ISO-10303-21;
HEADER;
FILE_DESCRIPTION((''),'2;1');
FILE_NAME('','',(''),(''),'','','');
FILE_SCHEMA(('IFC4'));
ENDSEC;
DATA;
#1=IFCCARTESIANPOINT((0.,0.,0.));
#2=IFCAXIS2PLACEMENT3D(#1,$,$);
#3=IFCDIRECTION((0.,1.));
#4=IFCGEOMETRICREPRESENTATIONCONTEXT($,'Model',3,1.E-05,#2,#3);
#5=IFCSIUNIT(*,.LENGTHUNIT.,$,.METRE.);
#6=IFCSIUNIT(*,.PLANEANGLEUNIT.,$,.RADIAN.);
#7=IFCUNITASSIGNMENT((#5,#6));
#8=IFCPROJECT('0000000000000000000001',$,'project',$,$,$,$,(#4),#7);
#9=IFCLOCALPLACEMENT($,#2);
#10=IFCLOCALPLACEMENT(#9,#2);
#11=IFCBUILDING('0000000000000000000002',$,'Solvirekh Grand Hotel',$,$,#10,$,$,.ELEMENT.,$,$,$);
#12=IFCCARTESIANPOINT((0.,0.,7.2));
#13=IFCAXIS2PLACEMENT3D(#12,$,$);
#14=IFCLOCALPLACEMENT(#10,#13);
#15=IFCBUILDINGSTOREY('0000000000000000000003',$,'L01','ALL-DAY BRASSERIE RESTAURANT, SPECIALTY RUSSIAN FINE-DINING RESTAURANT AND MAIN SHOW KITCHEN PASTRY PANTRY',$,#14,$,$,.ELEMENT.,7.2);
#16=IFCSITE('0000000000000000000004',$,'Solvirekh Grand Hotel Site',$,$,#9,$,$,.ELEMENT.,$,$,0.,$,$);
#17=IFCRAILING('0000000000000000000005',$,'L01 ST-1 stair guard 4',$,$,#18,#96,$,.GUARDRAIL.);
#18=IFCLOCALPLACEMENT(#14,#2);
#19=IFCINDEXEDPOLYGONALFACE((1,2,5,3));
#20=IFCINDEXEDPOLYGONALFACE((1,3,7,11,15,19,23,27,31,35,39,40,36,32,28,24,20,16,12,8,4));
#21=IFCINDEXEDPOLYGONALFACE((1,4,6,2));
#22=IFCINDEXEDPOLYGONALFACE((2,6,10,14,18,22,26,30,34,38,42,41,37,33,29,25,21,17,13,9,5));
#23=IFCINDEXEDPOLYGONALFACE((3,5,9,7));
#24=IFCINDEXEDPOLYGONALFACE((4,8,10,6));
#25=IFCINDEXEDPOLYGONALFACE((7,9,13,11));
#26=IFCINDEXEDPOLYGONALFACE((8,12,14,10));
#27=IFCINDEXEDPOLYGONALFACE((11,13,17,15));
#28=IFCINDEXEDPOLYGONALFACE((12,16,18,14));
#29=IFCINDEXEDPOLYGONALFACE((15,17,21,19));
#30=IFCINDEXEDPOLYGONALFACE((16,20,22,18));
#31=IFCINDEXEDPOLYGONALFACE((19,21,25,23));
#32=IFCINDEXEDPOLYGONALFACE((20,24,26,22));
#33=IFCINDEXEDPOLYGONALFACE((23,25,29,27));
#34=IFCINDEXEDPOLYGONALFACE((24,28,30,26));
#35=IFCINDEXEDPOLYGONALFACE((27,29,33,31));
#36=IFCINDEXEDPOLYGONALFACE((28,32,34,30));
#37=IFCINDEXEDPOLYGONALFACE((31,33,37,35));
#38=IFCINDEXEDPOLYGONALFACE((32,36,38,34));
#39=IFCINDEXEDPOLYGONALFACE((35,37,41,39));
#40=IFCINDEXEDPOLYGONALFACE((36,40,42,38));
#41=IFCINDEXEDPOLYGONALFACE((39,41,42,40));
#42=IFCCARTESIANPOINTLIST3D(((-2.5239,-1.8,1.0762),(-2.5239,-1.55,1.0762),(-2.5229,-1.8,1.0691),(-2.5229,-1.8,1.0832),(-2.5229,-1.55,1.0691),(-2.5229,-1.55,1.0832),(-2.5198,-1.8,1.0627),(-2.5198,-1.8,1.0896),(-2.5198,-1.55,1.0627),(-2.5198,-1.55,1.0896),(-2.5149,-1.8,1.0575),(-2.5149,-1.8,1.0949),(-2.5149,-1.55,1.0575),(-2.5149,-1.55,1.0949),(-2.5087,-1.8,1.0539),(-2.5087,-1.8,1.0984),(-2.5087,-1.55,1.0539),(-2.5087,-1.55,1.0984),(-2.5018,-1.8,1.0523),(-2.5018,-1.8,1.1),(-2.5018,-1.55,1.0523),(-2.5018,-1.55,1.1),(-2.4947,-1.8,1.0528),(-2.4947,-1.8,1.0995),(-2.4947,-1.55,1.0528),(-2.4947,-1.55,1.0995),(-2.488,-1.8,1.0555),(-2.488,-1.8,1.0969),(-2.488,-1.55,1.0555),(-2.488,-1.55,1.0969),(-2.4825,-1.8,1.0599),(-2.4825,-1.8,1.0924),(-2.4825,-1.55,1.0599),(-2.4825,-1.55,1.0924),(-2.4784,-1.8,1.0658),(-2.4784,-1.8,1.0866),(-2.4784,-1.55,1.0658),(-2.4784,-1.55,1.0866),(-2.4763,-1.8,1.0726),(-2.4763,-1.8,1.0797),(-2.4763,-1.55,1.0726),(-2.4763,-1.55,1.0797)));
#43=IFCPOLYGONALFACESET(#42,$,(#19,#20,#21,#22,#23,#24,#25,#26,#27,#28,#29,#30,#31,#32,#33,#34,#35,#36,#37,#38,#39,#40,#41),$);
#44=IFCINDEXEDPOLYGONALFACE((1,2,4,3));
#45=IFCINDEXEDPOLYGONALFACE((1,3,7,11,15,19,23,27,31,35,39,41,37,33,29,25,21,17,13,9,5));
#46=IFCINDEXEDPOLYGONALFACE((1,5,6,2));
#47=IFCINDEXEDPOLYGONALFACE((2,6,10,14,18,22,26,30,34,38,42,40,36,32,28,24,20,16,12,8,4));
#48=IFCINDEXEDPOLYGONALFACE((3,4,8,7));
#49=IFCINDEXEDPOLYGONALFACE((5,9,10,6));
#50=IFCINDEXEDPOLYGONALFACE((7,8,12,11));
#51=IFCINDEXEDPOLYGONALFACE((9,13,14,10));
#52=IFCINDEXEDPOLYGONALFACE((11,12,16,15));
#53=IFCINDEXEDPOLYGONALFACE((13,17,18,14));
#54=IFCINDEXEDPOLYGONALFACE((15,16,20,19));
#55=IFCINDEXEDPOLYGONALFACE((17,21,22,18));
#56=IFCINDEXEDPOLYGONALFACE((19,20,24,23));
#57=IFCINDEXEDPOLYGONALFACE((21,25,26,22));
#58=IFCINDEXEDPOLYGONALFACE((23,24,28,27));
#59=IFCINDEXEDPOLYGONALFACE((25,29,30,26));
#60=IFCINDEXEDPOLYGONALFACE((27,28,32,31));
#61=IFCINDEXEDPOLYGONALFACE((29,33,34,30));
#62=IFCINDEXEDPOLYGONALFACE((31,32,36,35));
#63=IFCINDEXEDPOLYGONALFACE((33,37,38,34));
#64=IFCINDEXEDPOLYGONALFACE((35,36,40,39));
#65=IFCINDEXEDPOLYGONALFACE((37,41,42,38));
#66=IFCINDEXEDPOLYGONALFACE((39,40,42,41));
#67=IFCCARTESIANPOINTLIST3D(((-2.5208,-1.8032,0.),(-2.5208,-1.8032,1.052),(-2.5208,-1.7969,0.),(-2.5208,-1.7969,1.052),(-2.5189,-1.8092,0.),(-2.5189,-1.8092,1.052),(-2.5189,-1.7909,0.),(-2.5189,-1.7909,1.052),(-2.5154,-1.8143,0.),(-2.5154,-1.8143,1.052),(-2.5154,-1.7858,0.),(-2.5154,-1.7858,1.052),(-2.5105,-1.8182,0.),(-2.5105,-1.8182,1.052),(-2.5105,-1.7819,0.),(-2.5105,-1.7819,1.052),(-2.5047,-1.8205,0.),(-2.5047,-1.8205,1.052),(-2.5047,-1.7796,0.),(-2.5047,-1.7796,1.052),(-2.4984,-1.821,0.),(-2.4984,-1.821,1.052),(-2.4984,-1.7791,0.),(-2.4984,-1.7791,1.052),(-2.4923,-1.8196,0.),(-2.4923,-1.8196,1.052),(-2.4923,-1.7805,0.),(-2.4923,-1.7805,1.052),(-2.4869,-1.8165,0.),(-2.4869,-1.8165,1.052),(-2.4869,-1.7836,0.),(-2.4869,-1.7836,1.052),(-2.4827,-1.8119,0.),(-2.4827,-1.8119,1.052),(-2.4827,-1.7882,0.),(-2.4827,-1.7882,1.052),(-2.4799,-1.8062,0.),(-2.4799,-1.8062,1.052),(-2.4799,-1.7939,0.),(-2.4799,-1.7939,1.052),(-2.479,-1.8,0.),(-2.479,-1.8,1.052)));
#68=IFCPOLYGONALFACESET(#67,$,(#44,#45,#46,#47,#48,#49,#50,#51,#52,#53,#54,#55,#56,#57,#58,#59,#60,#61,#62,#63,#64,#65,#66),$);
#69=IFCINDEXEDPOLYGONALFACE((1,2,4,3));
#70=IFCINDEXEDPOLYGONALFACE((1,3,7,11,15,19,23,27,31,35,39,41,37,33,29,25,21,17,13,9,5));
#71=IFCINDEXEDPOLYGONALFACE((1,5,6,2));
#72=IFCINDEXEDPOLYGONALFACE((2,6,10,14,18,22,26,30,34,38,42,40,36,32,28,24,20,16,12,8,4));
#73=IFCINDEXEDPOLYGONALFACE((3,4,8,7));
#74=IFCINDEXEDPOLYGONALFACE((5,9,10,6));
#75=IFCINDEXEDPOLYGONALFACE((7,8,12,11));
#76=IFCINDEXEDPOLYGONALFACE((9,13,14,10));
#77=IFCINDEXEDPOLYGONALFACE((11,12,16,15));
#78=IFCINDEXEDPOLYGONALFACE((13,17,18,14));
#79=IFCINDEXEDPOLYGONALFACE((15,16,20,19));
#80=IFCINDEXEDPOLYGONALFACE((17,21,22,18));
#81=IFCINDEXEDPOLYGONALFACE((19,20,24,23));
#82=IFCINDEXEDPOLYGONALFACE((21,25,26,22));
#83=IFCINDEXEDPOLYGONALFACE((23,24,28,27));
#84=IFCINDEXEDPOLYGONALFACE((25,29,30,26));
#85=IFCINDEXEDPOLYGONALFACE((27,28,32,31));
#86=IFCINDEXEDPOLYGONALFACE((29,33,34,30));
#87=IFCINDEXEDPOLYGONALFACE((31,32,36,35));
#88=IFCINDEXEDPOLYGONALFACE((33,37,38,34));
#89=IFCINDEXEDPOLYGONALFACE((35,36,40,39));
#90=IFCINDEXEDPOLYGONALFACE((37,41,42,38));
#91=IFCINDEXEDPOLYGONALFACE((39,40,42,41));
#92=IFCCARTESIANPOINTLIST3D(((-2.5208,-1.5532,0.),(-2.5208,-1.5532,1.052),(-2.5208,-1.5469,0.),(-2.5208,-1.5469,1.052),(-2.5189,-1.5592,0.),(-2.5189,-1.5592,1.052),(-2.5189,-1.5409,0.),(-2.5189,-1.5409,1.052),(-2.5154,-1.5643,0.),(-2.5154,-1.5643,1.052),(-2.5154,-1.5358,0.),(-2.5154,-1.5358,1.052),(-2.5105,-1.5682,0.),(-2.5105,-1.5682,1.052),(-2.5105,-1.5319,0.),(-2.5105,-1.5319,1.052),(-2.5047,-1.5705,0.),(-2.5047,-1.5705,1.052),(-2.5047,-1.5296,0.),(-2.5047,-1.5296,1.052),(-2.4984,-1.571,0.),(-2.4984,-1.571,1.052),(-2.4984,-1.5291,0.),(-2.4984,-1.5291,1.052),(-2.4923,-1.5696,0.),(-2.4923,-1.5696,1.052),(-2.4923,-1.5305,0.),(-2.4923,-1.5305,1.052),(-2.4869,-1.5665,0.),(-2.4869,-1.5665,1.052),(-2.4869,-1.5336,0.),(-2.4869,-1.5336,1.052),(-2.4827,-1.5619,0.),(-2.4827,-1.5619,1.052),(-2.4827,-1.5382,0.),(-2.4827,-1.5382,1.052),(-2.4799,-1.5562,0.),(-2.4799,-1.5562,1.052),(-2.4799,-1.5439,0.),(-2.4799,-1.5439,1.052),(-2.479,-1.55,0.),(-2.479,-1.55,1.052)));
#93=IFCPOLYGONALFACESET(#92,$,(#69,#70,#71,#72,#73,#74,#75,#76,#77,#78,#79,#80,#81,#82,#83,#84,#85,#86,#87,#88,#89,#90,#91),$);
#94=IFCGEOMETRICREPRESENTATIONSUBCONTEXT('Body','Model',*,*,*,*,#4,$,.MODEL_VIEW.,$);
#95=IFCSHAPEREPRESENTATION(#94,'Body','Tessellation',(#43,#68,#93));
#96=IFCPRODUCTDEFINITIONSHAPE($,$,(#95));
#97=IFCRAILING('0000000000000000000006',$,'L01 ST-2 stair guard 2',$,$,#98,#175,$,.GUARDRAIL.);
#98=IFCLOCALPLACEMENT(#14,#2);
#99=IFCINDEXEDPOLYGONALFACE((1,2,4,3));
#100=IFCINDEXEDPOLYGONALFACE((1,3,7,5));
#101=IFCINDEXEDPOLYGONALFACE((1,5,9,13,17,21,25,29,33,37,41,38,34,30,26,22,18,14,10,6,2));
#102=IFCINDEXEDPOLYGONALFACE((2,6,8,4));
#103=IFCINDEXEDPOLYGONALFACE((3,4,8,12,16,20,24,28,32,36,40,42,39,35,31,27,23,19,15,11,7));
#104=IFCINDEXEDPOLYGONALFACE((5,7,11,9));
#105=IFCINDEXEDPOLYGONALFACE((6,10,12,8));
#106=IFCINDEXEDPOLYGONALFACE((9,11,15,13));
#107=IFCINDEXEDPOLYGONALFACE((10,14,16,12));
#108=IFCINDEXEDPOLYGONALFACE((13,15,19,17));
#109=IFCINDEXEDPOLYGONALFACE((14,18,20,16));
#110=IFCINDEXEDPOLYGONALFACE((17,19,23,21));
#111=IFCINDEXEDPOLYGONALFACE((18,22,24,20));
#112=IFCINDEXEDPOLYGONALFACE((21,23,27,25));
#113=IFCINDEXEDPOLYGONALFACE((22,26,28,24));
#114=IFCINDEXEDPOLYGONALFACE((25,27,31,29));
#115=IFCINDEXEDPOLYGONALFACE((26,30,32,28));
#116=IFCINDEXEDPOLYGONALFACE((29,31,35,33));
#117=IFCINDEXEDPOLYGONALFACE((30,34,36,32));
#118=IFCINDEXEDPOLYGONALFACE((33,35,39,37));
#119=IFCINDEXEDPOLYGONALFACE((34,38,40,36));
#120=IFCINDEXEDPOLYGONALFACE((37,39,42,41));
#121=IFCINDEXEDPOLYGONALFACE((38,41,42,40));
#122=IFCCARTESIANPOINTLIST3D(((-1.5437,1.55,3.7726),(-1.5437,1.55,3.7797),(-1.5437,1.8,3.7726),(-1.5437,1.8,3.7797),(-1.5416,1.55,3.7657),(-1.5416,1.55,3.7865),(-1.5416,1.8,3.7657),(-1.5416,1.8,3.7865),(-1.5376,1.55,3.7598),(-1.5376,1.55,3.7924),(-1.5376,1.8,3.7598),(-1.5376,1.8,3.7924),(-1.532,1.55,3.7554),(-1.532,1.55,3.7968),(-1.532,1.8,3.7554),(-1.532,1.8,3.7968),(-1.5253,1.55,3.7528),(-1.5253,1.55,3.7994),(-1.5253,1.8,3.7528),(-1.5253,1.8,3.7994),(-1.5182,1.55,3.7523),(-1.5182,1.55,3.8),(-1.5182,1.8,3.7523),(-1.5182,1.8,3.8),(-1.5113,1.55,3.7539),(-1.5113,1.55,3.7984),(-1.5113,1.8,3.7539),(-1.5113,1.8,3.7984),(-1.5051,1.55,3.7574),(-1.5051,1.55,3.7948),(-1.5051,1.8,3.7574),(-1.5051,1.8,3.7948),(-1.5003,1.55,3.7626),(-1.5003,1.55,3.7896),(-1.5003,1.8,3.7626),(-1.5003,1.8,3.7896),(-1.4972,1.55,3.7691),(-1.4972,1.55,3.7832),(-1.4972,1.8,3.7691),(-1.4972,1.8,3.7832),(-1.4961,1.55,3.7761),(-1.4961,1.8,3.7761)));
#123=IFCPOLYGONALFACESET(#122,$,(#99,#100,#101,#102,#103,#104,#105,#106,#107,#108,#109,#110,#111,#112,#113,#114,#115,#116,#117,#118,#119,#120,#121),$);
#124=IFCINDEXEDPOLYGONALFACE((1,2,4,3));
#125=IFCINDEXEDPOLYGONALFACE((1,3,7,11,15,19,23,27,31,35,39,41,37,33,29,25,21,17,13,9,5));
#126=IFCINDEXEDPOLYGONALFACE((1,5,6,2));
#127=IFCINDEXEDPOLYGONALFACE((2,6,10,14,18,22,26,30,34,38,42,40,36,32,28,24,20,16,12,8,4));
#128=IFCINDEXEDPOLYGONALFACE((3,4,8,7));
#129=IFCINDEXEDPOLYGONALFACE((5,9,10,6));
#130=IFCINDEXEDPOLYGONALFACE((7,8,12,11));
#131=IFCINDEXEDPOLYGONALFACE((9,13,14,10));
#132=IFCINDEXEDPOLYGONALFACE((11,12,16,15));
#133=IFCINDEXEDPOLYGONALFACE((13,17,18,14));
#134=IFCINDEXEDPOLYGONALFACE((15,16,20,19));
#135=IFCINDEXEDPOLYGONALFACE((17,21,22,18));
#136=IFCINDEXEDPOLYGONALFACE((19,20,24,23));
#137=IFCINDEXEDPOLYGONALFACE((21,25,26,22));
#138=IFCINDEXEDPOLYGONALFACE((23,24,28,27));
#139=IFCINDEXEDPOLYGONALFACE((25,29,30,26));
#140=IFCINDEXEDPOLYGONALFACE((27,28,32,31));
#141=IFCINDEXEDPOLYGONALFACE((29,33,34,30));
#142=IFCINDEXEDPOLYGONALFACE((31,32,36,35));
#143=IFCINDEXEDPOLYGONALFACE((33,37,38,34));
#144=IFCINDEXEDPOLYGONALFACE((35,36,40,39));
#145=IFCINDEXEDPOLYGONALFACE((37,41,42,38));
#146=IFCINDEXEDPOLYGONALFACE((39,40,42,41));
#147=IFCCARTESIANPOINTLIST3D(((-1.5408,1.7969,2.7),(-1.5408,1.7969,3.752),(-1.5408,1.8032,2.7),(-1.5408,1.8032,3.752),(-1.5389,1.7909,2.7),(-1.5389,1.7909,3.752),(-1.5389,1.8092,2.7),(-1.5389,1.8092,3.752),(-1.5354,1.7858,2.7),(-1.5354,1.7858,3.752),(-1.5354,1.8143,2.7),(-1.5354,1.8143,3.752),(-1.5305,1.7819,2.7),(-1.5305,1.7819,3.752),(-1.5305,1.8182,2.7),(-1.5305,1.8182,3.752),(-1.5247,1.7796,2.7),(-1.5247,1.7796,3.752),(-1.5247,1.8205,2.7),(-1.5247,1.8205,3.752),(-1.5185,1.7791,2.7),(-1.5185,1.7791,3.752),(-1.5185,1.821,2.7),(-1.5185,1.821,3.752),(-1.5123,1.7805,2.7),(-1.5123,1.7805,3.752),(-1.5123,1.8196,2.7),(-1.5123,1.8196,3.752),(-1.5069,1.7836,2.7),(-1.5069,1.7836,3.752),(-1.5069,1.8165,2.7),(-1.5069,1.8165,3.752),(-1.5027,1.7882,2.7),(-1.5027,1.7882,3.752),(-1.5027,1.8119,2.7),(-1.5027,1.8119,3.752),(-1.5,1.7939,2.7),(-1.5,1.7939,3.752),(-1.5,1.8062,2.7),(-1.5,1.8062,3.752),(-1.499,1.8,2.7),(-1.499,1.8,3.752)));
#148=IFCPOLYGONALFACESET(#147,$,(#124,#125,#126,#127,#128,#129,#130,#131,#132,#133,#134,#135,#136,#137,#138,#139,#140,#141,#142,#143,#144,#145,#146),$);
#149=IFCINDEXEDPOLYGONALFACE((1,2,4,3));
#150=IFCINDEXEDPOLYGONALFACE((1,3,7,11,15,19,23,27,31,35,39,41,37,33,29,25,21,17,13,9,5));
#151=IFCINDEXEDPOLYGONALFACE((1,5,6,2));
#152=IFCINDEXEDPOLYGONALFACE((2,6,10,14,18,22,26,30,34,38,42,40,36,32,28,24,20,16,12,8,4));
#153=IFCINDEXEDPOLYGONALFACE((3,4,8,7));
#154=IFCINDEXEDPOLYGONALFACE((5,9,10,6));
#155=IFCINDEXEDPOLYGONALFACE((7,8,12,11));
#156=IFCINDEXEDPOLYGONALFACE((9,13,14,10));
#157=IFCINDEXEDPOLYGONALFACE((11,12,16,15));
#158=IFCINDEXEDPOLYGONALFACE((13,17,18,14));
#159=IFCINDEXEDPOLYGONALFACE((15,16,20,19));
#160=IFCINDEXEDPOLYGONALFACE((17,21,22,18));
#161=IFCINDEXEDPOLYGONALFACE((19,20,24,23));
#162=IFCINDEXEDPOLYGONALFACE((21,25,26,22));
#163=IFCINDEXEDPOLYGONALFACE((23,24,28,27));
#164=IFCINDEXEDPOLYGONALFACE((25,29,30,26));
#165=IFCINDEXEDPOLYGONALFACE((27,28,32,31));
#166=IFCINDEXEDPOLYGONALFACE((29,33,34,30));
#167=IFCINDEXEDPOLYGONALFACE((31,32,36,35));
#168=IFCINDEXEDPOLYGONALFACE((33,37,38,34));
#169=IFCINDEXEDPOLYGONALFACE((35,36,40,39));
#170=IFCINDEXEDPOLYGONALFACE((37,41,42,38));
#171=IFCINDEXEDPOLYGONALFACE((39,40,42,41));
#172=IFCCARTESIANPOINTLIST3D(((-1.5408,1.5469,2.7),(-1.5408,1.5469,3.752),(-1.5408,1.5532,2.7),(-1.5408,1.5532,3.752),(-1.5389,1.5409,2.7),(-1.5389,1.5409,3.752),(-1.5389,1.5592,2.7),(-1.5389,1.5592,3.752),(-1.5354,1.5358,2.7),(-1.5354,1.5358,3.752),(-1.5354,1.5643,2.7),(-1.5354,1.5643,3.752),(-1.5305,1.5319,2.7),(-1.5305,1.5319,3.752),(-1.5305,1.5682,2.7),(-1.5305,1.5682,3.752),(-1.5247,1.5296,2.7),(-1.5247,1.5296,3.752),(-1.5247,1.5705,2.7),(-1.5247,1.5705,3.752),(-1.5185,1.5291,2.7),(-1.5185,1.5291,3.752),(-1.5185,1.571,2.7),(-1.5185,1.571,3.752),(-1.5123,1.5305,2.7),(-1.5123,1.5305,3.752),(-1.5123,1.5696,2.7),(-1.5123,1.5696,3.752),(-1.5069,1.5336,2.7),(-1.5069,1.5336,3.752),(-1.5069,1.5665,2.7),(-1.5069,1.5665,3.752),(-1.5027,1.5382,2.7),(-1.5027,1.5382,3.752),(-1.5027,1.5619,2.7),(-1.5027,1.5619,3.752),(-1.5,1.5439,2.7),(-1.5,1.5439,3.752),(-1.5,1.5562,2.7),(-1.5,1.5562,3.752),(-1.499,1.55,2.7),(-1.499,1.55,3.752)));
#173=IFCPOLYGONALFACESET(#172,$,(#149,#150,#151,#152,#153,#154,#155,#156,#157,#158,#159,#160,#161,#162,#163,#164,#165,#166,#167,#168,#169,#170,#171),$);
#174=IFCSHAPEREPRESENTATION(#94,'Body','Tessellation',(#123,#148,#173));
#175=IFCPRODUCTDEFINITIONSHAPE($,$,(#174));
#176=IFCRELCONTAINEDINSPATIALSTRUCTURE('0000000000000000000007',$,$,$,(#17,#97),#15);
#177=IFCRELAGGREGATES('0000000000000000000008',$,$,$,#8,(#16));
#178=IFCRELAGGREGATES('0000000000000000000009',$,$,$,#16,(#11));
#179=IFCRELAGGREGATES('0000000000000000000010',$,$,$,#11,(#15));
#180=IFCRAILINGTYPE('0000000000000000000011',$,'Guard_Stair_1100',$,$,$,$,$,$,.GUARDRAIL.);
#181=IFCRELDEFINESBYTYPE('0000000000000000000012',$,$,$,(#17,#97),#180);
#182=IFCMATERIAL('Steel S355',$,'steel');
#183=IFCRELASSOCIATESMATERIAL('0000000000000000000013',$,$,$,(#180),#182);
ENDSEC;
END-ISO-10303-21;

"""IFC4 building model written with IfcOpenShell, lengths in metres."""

from ifc_helpers import new_model, si_unit, direction, frame, origin, origin_2d, place, context, subcontext, project, spatial, circle, extrude, material, type_object, element, save


model = new_model("IFC4")

# Units and contexts
model_context = context("Model", 3, precision=1e-05, world=origin(), true_north=direction((0.0, 1.0)))
body_context = subcontext(model_context, "Body", "Model", "MODEL_VIEW")
ifc_project = project(units=[si_unit("LENGTHUNIT", "METRE"), si_unit("PLANEANGLEUNIT", "RADIAN")], contexts=[model_context])

# Site, building, storey
site_placement = place(None, origin())
site = spatial("IfcSite", under=ifc_project, at=site_placement, Name="Solvirekh Grand Hotel Site", CompositionType="ELEMENT", RefElevation=0.0)
building_placement = place(site_placement, origin())
building = spatial("IfcBuilding", under=site, at=building_placement, Name="Solvirekh Grand Hotel", CompositionType="ELEMENT")
storey_placement = place(building_placement, frame((0.0, 0.0, 7.2)))
storey = spatial("IfcBuildingStorey", under=building, at=storey_placement, Name="L01", Description="ALL-DAY BRASSERIE RESTAURANT, SPECIALTY RUSSIAN FINE-DINING RESTAURANT AND MAIN SHOW KITCHEN PASTRY PANTRY", CompositionType="ELEMENT", Elevation=7.2)

# Railings
ifc_material_1 = material(Name="Steel S355", Category="steel")
railing_type_1 = type_object("IfcRailingType", Name="Guard_Stair_1100", PredefinedType="GUARDRAIL", material=ifc_material_1)
railing_1_placement = place(storey_placement, frame((-2.5, -1.8, 0.0)))
element("IfcRailing", 1, at=railing_1_placement, inside=storey, type_object=railing_type_1, Name="L01 ST-1 stair guard 4", PredefinedType="GUARDRAIL", context=body_context, shape_type="SweptSolid", body=[
    extrude(circle(Radius=0.0239, at=origin_2d()), frame((0.0, 0.0, 1.0762), z_axis=(0.0, 1.0, 0.0), x_axis=(-1.0, 0.0, 0.0)), (0.0, 0.0, 1.0), 0.25),
    extrude(circle(Radius=0.021, at=origin_2d()), origin(), (0.0, 0.0, 1.0), 1.052),
    extrude(circle(Radius=0.021, at=origin_2d()), frame((0.0, 0.25, 0.0)), (0.0, 0.0, 1.0), 1.052),
])
railing_2_placement = place(storey_placement, frame((-1.52, 1.8, 2.7)))
element("IfcRailing", 2, at=railing_2_placement, inside=storey, type_object=railing_type_1, Name="L01 ST-2 stair guard 2", PredefinedType="GUARDRAIL", context=body_context, shape_type="SweptSolid", body=[
    extrude(circle(Radius=0.0239, at=origin_2d()), frame((0.0, 0.0, 1.0762), z_axis=(0.0, -1.0, 0.0), x_axis=(1.0, 0.0, 0.0)), (0.0, 0.0, 1.0), 0.25),
    extrude(circle(Radius=0.021, at=origin_2d()), origin(), (0.0, 0.0, 1.0), 1.052),
    extrude(circle(Radius=0.021, at=origin_2d()), frame((0.0, -0.25, 0.0)), (0.0, 0.0, 1.0), 1.052),
])

save(model, "model.ifc")
